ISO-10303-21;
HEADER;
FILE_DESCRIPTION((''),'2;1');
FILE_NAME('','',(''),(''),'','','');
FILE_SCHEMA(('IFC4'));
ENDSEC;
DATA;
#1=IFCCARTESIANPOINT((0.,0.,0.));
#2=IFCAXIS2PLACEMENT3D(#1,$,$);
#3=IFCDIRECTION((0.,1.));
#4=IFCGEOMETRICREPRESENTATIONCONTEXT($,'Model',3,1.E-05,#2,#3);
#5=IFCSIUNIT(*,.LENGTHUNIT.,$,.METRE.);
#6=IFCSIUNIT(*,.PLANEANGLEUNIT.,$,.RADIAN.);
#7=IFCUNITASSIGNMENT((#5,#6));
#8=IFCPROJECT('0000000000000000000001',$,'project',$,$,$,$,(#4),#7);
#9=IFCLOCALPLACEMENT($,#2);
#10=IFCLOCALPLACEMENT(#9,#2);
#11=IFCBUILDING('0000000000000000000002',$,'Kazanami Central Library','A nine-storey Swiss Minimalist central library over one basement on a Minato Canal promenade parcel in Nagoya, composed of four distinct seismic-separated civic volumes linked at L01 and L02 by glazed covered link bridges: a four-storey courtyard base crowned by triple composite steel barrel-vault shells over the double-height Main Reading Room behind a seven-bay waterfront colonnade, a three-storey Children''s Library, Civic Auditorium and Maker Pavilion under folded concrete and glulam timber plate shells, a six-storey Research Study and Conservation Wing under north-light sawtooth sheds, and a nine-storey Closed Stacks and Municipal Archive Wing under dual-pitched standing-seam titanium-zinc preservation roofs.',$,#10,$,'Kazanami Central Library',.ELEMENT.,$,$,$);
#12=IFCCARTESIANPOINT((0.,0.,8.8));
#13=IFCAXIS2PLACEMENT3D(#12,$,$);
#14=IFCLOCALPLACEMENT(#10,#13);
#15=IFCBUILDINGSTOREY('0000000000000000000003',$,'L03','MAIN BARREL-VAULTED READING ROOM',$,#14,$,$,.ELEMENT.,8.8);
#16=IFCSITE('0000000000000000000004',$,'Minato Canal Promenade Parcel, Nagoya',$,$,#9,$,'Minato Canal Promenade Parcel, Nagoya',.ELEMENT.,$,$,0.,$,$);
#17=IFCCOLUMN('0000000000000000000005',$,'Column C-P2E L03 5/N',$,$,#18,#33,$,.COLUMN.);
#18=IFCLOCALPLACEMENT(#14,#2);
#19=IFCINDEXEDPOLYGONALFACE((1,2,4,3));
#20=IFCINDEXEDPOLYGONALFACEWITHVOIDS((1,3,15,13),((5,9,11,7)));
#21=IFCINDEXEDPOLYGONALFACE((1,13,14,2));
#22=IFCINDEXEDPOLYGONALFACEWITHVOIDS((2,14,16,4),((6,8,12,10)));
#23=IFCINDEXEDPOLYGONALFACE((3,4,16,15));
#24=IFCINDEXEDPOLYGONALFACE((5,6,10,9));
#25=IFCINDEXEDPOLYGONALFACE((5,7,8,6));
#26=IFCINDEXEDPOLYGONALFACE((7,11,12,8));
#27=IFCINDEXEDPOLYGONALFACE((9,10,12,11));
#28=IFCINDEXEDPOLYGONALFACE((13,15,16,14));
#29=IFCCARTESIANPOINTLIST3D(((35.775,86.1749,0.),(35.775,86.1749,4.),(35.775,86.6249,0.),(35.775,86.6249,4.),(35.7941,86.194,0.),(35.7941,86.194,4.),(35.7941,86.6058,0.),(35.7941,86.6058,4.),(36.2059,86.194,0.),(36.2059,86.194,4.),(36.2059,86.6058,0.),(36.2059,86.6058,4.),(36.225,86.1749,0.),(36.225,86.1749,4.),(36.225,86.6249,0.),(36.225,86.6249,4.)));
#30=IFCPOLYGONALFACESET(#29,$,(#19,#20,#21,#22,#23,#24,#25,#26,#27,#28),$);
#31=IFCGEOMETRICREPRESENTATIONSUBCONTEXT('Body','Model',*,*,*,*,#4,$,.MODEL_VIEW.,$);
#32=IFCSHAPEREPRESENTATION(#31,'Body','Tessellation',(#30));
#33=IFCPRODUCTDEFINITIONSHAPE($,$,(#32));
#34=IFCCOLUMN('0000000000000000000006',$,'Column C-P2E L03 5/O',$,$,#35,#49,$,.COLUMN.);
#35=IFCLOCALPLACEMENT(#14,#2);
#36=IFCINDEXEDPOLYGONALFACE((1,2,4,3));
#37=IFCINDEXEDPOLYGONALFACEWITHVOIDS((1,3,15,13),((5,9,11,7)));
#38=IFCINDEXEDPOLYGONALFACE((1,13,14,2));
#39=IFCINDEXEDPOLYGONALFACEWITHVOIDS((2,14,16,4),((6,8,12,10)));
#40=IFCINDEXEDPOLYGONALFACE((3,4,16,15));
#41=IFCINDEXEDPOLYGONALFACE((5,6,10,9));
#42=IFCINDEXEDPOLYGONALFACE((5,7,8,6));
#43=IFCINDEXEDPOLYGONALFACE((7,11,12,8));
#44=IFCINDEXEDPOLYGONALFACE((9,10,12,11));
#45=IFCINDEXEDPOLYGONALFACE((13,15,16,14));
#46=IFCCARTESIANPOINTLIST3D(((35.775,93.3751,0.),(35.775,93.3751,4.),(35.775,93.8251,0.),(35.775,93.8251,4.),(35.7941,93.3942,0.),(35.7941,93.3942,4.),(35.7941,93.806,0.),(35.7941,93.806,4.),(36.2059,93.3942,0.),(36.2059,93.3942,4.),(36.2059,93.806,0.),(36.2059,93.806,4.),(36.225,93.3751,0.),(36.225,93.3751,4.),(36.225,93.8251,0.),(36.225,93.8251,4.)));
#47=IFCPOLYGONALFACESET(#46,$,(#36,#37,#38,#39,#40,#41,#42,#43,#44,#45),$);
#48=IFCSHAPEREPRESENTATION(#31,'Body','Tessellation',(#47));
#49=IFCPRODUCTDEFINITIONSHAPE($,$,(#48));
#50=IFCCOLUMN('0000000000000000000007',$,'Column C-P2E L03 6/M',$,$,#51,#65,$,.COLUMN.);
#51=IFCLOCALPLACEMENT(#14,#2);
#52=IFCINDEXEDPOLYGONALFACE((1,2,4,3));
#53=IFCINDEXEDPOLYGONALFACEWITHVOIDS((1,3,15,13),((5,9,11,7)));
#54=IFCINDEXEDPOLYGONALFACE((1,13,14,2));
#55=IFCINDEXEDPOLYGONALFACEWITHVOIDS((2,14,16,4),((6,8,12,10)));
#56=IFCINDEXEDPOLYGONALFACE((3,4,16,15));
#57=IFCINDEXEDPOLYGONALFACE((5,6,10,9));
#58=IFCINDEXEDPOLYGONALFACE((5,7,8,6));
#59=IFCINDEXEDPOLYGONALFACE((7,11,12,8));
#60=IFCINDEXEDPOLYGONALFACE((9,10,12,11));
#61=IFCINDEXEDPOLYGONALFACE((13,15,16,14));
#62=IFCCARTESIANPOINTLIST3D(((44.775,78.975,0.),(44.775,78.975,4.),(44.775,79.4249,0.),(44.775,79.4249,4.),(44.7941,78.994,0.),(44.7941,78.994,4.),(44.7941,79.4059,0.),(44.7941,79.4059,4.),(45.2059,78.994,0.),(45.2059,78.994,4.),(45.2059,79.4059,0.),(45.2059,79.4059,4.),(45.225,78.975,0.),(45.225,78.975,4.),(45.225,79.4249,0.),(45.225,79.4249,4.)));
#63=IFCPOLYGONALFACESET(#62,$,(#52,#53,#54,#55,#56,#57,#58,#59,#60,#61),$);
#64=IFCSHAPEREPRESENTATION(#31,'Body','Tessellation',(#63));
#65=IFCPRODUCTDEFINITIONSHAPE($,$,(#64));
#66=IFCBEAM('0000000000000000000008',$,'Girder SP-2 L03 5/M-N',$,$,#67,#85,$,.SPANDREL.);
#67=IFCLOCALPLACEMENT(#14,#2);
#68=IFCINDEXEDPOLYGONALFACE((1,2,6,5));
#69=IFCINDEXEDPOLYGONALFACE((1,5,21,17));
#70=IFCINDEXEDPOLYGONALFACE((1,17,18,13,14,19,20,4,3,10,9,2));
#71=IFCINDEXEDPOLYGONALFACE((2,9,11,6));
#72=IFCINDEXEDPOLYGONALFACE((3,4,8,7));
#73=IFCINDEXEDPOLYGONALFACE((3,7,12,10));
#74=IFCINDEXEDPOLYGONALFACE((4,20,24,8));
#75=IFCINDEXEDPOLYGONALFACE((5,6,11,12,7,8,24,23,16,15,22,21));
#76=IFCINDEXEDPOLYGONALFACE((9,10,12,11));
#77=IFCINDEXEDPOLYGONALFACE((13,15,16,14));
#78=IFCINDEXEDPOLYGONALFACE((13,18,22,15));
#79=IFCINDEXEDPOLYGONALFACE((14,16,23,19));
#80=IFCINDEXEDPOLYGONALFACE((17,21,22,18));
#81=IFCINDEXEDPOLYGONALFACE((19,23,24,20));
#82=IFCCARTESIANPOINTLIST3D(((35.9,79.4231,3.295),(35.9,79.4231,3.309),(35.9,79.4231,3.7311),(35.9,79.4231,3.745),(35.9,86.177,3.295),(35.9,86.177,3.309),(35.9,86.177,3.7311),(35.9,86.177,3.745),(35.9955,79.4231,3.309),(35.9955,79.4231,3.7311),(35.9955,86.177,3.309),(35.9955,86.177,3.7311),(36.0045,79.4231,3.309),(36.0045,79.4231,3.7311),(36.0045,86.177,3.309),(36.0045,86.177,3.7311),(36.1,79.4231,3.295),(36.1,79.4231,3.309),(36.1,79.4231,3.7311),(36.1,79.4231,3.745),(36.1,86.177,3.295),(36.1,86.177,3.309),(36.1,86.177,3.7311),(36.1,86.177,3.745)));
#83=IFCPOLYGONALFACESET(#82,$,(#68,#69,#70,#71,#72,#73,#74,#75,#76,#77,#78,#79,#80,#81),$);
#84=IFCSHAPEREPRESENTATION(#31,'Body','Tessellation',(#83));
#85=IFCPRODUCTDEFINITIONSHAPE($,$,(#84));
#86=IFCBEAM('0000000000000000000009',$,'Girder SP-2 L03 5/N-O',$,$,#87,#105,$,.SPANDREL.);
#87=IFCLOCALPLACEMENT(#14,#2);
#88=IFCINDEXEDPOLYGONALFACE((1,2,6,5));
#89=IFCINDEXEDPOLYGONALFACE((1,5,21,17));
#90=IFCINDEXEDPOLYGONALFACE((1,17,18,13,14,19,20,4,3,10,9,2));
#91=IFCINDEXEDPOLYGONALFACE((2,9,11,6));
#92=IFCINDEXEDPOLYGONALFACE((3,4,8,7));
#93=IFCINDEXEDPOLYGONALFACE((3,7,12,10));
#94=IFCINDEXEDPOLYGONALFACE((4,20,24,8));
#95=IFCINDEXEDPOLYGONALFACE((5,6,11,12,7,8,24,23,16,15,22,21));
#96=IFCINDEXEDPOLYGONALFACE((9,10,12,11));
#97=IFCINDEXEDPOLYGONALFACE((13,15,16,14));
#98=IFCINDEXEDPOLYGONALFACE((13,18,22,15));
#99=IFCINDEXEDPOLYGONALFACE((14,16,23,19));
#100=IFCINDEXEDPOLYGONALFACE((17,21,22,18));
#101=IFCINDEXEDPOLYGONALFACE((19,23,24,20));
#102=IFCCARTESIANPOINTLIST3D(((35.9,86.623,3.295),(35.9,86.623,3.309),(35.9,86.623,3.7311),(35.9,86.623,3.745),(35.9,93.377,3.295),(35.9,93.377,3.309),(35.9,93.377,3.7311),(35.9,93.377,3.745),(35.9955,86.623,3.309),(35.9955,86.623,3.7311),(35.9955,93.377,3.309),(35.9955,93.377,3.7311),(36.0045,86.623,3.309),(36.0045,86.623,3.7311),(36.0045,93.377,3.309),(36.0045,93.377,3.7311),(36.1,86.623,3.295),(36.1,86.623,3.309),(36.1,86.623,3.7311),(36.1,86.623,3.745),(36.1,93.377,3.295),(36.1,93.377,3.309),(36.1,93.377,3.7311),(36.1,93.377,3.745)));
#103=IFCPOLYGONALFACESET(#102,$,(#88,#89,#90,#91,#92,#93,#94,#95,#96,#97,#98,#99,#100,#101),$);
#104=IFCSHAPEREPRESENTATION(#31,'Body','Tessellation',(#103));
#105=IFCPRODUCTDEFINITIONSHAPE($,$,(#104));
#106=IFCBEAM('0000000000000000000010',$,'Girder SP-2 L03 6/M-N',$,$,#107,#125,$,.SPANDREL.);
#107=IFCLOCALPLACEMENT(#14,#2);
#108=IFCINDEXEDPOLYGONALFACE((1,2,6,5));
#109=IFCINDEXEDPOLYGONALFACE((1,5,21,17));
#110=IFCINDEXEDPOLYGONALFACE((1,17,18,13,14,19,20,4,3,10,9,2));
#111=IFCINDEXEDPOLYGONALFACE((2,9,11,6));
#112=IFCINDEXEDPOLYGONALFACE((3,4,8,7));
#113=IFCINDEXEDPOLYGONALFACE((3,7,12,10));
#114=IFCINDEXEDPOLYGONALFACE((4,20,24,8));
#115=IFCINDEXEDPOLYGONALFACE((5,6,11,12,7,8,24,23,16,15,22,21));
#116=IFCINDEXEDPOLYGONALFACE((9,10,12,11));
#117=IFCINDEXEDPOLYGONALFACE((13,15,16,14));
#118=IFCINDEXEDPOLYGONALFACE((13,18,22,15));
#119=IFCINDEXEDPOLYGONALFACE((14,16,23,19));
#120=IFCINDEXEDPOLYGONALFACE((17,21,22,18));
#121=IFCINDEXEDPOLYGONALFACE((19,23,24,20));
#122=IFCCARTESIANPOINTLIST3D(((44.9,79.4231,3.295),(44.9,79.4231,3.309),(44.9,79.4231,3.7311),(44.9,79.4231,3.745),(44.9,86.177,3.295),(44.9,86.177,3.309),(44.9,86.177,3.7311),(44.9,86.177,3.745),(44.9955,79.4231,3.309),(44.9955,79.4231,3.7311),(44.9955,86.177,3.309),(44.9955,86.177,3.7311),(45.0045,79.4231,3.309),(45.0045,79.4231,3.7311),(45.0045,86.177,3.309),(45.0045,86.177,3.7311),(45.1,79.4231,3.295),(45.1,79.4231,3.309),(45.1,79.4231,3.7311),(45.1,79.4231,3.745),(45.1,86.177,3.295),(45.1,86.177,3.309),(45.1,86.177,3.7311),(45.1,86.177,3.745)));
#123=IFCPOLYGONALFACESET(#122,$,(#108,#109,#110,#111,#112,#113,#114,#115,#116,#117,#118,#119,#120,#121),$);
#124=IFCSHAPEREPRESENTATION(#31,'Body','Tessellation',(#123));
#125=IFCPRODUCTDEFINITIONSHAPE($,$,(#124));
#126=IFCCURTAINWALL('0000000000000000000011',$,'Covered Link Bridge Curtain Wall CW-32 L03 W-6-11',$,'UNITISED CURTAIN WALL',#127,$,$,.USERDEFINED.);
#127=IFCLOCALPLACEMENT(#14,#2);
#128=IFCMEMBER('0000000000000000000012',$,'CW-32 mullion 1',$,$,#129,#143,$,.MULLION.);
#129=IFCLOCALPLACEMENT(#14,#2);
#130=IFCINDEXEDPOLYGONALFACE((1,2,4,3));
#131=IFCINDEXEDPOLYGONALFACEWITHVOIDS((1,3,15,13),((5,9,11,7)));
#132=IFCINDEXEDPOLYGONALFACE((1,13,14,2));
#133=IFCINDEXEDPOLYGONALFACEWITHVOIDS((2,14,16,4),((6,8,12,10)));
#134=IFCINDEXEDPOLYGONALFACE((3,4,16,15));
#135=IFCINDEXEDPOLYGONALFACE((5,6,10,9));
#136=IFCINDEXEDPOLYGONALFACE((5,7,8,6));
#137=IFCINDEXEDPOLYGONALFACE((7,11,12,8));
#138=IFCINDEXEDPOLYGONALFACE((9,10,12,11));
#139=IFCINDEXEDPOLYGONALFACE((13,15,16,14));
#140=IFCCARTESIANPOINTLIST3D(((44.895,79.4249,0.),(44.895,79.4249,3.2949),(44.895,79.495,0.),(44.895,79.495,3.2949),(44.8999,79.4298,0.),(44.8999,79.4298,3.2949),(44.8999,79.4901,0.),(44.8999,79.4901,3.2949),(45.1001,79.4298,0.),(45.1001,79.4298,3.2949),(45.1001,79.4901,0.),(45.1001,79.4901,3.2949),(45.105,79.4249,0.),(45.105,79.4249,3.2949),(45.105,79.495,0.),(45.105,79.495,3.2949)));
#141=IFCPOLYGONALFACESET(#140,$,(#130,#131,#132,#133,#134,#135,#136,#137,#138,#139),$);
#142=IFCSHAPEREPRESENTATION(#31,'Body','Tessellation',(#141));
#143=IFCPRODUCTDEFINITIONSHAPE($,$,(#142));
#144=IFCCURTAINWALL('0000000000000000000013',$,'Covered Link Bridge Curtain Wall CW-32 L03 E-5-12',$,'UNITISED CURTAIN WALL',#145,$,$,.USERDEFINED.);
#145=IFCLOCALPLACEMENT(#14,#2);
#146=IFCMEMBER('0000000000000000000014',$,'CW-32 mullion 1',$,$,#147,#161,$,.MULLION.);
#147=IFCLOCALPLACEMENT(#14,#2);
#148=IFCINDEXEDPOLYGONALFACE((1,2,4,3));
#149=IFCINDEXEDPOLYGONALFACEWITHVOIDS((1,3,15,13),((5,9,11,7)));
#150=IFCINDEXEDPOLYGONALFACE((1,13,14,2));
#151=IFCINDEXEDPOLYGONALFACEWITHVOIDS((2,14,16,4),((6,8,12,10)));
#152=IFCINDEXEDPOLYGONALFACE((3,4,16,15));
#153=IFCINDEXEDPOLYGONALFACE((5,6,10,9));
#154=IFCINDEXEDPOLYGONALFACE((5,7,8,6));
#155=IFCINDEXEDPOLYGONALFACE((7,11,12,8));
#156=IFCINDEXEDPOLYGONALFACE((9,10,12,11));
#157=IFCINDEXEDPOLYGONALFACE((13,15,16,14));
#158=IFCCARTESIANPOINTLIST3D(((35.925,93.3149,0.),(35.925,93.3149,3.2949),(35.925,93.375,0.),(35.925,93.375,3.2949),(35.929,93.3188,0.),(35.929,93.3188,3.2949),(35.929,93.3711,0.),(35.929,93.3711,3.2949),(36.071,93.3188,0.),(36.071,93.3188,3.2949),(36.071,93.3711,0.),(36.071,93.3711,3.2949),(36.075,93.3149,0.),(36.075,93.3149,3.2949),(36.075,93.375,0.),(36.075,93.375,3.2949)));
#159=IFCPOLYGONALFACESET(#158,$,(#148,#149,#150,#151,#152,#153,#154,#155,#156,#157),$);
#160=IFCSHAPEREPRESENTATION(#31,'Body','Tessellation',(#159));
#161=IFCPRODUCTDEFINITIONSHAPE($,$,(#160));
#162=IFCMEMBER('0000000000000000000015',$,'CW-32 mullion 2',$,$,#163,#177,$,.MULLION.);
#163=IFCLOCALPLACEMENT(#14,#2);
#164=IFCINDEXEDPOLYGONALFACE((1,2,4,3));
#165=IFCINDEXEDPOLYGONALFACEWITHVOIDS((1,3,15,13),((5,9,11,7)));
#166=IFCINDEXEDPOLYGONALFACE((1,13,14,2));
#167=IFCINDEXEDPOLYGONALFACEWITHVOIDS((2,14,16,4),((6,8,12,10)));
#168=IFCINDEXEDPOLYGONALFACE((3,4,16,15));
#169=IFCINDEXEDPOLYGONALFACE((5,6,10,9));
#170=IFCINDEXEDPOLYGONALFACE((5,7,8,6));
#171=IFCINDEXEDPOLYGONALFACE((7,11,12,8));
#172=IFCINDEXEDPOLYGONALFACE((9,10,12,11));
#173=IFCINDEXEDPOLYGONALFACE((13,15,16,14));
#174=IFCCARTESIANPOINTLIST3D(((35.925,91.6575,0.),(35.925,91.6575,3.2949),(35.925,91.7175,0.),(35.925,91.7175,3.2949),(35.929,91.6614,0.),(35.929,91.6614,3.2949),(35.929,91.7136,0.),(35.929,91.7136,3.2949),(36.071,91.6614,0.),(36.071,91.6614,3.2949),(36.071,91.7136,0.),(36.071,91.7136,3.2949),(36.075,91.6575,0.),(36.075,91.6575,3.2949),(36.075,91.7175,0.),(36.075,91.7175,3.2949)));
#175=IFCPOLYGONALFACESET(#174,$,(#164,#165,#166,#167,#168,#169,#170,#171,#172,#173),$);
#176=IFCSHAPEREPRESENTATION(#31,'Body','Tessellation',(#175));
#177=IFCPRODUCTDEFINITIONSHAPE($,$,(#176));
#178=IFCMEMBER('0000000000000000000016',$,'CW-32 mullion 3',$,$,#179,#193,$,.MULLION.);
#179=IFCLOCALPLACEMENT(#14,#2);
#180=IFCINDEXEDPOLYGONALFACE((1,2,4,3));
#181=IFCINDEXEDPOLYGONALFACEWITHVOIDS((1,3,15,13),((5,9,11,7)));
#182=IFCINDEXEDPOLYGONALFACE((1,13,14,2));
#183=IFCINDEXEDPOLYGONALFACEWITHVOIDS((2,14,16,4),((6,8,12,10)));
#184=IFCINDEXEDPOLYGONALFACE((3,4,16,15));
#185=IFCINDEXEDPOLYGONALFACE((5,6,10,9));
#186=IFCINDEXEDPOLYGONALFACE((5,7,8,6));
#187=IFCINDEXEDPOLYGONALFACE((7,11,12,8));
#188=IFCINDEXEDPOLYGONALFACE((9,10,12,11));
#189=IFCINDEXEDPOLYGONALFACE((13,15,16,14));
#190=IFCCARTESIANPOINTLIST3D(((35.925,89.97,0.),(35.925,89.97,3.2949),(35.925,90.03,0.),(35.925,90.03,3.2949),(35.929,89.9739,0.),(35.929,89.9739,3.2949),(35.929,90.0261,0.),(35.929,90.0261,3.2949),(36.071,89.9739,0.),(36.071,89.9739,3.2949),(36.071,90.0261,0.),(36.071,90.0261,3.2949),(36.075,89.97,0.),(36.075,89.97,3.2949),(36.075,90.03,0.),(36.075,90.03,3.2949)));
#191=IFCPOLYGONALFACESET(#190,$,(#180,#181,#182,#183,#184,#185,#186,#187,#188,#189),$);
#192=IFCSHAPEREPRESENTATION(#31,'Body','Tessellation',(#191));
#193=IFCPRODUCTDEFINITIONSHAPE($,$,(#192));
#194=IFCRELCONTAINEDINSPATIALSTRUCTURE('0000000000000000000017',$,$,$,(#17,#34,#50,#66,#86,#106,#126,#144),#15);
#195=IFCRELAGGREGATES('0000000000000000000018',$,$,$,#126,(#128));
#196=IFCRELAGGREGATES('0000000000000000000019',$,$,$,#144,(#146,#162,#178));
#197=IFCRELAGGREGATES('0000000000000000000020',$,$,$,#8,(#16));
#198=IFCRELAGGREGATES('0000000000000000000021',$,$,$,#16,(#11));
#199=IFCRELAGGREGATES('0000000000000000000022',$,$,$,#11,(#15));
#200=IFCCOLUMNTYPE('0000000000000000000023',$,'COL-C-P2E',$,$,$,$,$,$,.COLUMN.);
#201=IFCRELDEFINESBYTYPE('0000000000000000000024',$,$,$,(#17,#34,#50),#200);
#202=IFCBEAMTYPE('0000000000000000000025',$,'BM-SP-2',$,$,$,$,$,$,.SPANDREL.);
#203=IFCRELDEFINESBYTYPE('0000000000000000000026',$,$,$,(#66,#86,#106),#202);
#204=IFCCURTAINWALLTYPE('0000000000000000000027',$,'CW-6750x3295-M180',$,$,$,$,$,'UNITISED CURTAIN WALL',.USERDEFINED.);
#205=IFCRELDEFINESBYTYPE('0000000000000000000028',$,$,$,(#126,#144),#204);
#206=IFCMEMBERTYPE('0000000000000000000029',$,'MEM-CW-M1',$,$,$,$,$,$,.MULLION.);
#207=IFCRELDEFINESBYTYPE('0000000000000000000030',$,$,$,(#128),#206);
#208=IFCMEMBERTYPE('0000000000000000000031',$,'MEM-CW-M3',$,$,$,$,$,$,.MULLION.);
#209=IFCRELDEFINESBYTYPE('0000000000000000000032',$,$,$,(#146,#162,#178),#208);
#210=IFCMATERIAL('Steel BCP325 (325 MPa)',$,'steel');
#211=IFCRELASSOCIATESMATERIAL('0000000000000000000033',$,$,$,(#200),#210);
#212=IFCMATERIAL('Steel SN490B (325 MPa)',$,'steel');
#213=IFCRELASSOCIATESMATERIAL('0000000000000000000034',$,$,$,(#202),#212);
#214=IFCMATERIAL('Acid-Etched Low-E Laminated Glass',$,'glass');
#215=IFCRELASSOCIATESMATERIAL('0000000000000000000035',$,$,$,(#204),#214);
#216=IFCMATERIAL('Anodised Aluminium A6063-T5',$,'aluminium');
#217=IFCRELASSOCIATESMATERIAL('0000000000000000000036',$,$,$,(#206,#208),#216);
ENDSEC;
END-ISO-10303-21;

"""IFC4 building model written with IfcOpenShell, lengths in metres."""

from ifc_helpers import new_model, si_unit, direction, frame, origin, origin_2d, place, context, subcontext, project, spatial, hollow_rectangle, i_section, extrude, material, material_profile, profile_set, type_object, element, aggregate, save


model = new_model("IFC4")

# Units and contexts
model_context = context("Model", 3, precision=1e-05, world=origin(), true_north=direction((0.0, 1.0)))
body_context = subcontext(model_context, "Body", "Model", "MODEL_VIEW")
ifc_project = project(units=[si_unit("LENGTHUNIT", "METRE"), si_unit("PLANEANGLEUNIT", "RADIAN")], contexts=[model_context])

# Site, building, storey
site_placement = place(None, origin())
site = spatial("IfcSite", under=ifc_project, at=site_placement, Name="Minato Canal Promenade Parcel, Nagoya", LongName="Minato Canal Promenade Parcel, Nagoya", CompositionType="ELEMENT", RefElevation=0.0)
building_placement = place(site_placement, origin())
building = spatial("IfcBuilding", under=site, at=building_placement, Name="Kazanami Central Library", Description="A nine-storey Swiss Minimalist central library over one basement on a Minato Canal promenade parcel in Nagoya, composed of four distinct seismic-separated civic volumes linked at L01 and L02 by glazed covered link bridges: a four-storey courtyard base crowned by triple composite steel barrel-vault shells over the double-height Main Reading Room behind a seven-bay waterfront colonnade, a three-storey Children's Library, Civic Auditorium and Maker Pavilion under folded concrete and glulam timber plate shells, a six-storey Research Study and Conservation Wing under north-light sawtooth sheds, and a nine-storey Closed Stacks and Municipal Archive Wing under dual-pitched standing-seam titanium-zinc preservation roofs.", LongName="Kazanami Central Library", CompositionType="ELEMENT")
storey_placement = place(building_placement, frame((0.0, 0.0, 8.8)))
storey = spatial("IfcBuildingStorey", under=building, at=storey_placement, Name="L03", Description="MAIN BARREL-VAULTED READING ROOM", CompositionType="ELEMENT", Elevation=8.8)

# Columns
ifc_material_1 = material(Name="Steel BCP325 (325 MPa)", Category="steel")
ifc_material_profile_1 = material_profile(ifc_material_1, hollow_rectangle(XDim=0.45, YDim=0.45, WallThickness=0.019, at=origin_2d()), Name="BCP-450x450x19")
ifc_profile_set_1 = profile_set([ifc_material_profile_1], Name="Steel BCP325 (325 MPa)")
column_type = type_object("IfcColumnType", Name="COL-C-P2E", PredefinedType="COLUMN", material=ifc_profile_set_1)
for number, where, z_axis, x_axis, name in (
    (1, (36.0, 86.3999, 0.0), (0.0, 0.0, 1.0), (1.0, 0.0, 0.0), "Column C-P2E L03 5/N"),
    (2, (36.0, 93.6001, 0.0), (0.0, 0.0, 1.0), (1.0, 0.0, 0.0), "Column C-P2E L03 5/O"),
    (3, (45.0, 79.2, 0.0), (0.0, 0.0, 1.0), (1.0, 0.0, 0.0), "Column C-P2E L03 6/M"),
):
    element("IfcColumn", number, at=place(storey_placement, frame(where, z_axis=z_axis, x_axis=x_axis)), inside=storey, type_object=column_type, Name=name, PredefinedType="COLUMN", context=body_context, shape_type="SweptSolid", body=[
        extrude(hollow_rectangle(XDim=0.45, YDim=0.45, WallThickness=0.019, at=origin_2d()), origin(), (0.0, 0.0, 1.0), 4.0),
    ])

# Beams
ifc_material_2 = material(Name="Steel SN490B (325 MPa)", Category="steel")
ifc_material_profile_2 = material_profile(ifc_material_2, i_section(OverallWidth=0.2, OverallDepth=0.45, WebThickness=0.009, FlangeThickness=0.0139, at=origin_2d()), Name="H-450x200x9x14")
ifc_profile_set_2 = profile_set([ifc_material_profile_2], Name="Steel SN490B (325 MPa)")
beam_type = type_object("IfcBeamType", Name="BM-SP-2", PredefinedType="SPANDREL", material=ifc_profile_set_2)
for number, where, z_axis, x_axis, name in (
    (4, (36.0, 79.4231, 3.52), (0.0, 1.0, 0.0), (-1.0, 0.0, 0.0), "Girder SP-2 L03 5/M-N"),
    (5, (36.0, 86.623, 3.52), (0.0, 1.0, 0.0), (-1.0, 0.0, 0.0), "Girder SP-2 L03 5/N-O"),
    (6, (45.0, 79.4231, 3.52), (0.0, 1.0, 0.0), (-1.0, 0.0, 0.0), "Girder SP-2 L03 6/M-N"),
):
    element("IfcBeam", number, at=place(storey_placement, frame(where, z_axis=z_axis, x_axis=x_axis)), inside=storey, type_object=beam_type, Name=name, PredefinedType="SPANDREL", context=body_context, shape_type="SweptSolid", body=[
        extrude(i_section(OverallWidth=0.2, OverallDepth=0.45, WebThickness=0.009, FlangeThickness=0.0139, at=origin_2d()), origin(), (0.0, 0.0, 1.0), 6.7539),
    ])

# Curtain wall, member
ifc_material_3 = material(Name="Acid-Etched Low-E Laminated Glass", Category="glass")
curtain_wall_type = type_object("IfcCurtainWallType", Name="CW-6750x3295-M180", ElementType="UNITISED CURTAIN WALL", PredefinedType="USERDEFINED", material=ifc_material_3)
curtain_wall_1_placement = place(storey_placement, origin())
curtain_wall_1 = element("IfcCurtainWall", 7, at=curtain_wall_1_placement, inside=storey, type_object=curtain_wall_type, Name="Covered Link Bridge Curtain Wall CW-32 L03 W-6-11", ObjectType="UNITISED CURTAIN WALL", PredefinedType="USERDEFINED")
ifc_material_4 = material(Name="Anodised Aluminium A6063-T5", Category="aluminium")
ifc_material_profile_3 = material_profile(ifc_material_4, hollow_rectangle(XDim=0.0701, YDim=0.21, WallThickness=0.0049, at=origin_2d()), Name="ALU-MULL-70x210x5")
ifc_profile_set_3 = profile_set([ifc_material_profile_3], Name="Anodised Aluminium A6063-T5")
member_type_1 = type_object("IfcMemberType", Name="MEM-CW-M1", PredefinedType="MULLION", material=ifc_profile_set_3)
member_1_placement = place(storey_placement, frame((45.0, 79.46, 0.0), z_axis=(0.0, 0.0, 1.0), x_axis=(0.0, 1.0, 0.0)))
member_1 = element("IfcMember", 8, at=member_1_placement, type_object=member_type_1, Name="CW-32 mullion 1", PredefinedType="MULLION", context=body_context, shape_type="SweptSolid", body=[
    extrude(hollow_rectangle(XDim=0.0701, YDim=0.21, WallThickness=0.0049, at=origin_2d()), origin(), (0.0, 0.0, 1.0), 3.2949),
])

# Curtain wall, members
curtain_wall_2_placement = place(storey_placement, origin())
curtain_wall_2 = element("IfcCurtainWall", 9, at=curtain_wall_2_placement, inside=storey, type_object=curtain_wall_type, Name="Covered Link Bridge Curtain Wall CW-32 L03 E-5-12", ObjectType="UNITISED CURTAIN WALL", PredefinedType="USERDEFINED")
ifc_material_profile_4 = material_profile(ifc_material_4, hollow_rectangle(XDim=0.0601, YDim=0.1499, WallThickness=0.0039, at=origin_2d()), Name="ALU-MULL-60x150x4")
ifc_profile_set_4 = profile_set([ifc_material_profile_4], Name="Anodised Aluminium A6063-T5")
member_type_2 = type_object("IfcMemberType", Name="MEM-CW-M3", PredefinedType="MULLION", material=ifc_profile_set_4)
member_2_placement = place(storey_placement, frame((36.0, 93.345, 0.0), z_axis=(0.0, 0.0, 1.0), x_axis=(0.0, -1.0, 0.0)))
member_2 = element("IfcMember", 10, at=member_2_placement, type_object=member_type_2, Name="CW-32 mullion 1", PredefinedType="MULLION", context=body_context, shape_type="SweptSolid", body=[
    extrude(hollow_rectangle(XDim=0.0601, YDim=0.1499, WallThickness=0.0039, at=origin_2d()), origin(), (0.0, 0.0, 1.0), 3.2949),
])
member_3_placement = place(storey_placement, frame((36.0, 91.6875, 0.0), z_axis=(0.0, 0.0, 1.0), x_axis=(0.0, -1.0, 0.0)))
member_3 = element("IfcMember", 11, at=member_3_placement, type_object=member_type_2, Name="CW-32 mullion 2", PredefinedType="MULLION", context=body_context, shape_type="SweptSolid", body=[
    extrude(hollow_rectangle(XDim=0.0601, YDim=0.1499, WallThickness=0.0039, at=origin_2d()), origin(), (0.0, 0.0, 1.0), 3.2949),
])
member_4_placement = place(storey_placement, frame((36.0, 90.0, 0.0), z_axis=(0.0, 0.0, 1.0), x_axis=(0.0, -1.0, 0.0)))
member_4 = element("IfcMember", 12, at=member_4_placement, type_object=member_type_2, Name="CW-32 mullion 3", PredefinedType="MULLION", context=body_context, shape_type="SweptSolid", body=[
    extrude(hollow_rectangle(XDim=0.0601, YDim=0.1499, WallThickness=0.0039, at=origin_2d()), origin(), (0.0, 0.0, 1.0), 3.2949),
])

aggregate(curtain_wall_1, [member_1])

aggregate(curtain_wall_2, [member_2, member_3, member_4])

save(model, "model.ifc")
